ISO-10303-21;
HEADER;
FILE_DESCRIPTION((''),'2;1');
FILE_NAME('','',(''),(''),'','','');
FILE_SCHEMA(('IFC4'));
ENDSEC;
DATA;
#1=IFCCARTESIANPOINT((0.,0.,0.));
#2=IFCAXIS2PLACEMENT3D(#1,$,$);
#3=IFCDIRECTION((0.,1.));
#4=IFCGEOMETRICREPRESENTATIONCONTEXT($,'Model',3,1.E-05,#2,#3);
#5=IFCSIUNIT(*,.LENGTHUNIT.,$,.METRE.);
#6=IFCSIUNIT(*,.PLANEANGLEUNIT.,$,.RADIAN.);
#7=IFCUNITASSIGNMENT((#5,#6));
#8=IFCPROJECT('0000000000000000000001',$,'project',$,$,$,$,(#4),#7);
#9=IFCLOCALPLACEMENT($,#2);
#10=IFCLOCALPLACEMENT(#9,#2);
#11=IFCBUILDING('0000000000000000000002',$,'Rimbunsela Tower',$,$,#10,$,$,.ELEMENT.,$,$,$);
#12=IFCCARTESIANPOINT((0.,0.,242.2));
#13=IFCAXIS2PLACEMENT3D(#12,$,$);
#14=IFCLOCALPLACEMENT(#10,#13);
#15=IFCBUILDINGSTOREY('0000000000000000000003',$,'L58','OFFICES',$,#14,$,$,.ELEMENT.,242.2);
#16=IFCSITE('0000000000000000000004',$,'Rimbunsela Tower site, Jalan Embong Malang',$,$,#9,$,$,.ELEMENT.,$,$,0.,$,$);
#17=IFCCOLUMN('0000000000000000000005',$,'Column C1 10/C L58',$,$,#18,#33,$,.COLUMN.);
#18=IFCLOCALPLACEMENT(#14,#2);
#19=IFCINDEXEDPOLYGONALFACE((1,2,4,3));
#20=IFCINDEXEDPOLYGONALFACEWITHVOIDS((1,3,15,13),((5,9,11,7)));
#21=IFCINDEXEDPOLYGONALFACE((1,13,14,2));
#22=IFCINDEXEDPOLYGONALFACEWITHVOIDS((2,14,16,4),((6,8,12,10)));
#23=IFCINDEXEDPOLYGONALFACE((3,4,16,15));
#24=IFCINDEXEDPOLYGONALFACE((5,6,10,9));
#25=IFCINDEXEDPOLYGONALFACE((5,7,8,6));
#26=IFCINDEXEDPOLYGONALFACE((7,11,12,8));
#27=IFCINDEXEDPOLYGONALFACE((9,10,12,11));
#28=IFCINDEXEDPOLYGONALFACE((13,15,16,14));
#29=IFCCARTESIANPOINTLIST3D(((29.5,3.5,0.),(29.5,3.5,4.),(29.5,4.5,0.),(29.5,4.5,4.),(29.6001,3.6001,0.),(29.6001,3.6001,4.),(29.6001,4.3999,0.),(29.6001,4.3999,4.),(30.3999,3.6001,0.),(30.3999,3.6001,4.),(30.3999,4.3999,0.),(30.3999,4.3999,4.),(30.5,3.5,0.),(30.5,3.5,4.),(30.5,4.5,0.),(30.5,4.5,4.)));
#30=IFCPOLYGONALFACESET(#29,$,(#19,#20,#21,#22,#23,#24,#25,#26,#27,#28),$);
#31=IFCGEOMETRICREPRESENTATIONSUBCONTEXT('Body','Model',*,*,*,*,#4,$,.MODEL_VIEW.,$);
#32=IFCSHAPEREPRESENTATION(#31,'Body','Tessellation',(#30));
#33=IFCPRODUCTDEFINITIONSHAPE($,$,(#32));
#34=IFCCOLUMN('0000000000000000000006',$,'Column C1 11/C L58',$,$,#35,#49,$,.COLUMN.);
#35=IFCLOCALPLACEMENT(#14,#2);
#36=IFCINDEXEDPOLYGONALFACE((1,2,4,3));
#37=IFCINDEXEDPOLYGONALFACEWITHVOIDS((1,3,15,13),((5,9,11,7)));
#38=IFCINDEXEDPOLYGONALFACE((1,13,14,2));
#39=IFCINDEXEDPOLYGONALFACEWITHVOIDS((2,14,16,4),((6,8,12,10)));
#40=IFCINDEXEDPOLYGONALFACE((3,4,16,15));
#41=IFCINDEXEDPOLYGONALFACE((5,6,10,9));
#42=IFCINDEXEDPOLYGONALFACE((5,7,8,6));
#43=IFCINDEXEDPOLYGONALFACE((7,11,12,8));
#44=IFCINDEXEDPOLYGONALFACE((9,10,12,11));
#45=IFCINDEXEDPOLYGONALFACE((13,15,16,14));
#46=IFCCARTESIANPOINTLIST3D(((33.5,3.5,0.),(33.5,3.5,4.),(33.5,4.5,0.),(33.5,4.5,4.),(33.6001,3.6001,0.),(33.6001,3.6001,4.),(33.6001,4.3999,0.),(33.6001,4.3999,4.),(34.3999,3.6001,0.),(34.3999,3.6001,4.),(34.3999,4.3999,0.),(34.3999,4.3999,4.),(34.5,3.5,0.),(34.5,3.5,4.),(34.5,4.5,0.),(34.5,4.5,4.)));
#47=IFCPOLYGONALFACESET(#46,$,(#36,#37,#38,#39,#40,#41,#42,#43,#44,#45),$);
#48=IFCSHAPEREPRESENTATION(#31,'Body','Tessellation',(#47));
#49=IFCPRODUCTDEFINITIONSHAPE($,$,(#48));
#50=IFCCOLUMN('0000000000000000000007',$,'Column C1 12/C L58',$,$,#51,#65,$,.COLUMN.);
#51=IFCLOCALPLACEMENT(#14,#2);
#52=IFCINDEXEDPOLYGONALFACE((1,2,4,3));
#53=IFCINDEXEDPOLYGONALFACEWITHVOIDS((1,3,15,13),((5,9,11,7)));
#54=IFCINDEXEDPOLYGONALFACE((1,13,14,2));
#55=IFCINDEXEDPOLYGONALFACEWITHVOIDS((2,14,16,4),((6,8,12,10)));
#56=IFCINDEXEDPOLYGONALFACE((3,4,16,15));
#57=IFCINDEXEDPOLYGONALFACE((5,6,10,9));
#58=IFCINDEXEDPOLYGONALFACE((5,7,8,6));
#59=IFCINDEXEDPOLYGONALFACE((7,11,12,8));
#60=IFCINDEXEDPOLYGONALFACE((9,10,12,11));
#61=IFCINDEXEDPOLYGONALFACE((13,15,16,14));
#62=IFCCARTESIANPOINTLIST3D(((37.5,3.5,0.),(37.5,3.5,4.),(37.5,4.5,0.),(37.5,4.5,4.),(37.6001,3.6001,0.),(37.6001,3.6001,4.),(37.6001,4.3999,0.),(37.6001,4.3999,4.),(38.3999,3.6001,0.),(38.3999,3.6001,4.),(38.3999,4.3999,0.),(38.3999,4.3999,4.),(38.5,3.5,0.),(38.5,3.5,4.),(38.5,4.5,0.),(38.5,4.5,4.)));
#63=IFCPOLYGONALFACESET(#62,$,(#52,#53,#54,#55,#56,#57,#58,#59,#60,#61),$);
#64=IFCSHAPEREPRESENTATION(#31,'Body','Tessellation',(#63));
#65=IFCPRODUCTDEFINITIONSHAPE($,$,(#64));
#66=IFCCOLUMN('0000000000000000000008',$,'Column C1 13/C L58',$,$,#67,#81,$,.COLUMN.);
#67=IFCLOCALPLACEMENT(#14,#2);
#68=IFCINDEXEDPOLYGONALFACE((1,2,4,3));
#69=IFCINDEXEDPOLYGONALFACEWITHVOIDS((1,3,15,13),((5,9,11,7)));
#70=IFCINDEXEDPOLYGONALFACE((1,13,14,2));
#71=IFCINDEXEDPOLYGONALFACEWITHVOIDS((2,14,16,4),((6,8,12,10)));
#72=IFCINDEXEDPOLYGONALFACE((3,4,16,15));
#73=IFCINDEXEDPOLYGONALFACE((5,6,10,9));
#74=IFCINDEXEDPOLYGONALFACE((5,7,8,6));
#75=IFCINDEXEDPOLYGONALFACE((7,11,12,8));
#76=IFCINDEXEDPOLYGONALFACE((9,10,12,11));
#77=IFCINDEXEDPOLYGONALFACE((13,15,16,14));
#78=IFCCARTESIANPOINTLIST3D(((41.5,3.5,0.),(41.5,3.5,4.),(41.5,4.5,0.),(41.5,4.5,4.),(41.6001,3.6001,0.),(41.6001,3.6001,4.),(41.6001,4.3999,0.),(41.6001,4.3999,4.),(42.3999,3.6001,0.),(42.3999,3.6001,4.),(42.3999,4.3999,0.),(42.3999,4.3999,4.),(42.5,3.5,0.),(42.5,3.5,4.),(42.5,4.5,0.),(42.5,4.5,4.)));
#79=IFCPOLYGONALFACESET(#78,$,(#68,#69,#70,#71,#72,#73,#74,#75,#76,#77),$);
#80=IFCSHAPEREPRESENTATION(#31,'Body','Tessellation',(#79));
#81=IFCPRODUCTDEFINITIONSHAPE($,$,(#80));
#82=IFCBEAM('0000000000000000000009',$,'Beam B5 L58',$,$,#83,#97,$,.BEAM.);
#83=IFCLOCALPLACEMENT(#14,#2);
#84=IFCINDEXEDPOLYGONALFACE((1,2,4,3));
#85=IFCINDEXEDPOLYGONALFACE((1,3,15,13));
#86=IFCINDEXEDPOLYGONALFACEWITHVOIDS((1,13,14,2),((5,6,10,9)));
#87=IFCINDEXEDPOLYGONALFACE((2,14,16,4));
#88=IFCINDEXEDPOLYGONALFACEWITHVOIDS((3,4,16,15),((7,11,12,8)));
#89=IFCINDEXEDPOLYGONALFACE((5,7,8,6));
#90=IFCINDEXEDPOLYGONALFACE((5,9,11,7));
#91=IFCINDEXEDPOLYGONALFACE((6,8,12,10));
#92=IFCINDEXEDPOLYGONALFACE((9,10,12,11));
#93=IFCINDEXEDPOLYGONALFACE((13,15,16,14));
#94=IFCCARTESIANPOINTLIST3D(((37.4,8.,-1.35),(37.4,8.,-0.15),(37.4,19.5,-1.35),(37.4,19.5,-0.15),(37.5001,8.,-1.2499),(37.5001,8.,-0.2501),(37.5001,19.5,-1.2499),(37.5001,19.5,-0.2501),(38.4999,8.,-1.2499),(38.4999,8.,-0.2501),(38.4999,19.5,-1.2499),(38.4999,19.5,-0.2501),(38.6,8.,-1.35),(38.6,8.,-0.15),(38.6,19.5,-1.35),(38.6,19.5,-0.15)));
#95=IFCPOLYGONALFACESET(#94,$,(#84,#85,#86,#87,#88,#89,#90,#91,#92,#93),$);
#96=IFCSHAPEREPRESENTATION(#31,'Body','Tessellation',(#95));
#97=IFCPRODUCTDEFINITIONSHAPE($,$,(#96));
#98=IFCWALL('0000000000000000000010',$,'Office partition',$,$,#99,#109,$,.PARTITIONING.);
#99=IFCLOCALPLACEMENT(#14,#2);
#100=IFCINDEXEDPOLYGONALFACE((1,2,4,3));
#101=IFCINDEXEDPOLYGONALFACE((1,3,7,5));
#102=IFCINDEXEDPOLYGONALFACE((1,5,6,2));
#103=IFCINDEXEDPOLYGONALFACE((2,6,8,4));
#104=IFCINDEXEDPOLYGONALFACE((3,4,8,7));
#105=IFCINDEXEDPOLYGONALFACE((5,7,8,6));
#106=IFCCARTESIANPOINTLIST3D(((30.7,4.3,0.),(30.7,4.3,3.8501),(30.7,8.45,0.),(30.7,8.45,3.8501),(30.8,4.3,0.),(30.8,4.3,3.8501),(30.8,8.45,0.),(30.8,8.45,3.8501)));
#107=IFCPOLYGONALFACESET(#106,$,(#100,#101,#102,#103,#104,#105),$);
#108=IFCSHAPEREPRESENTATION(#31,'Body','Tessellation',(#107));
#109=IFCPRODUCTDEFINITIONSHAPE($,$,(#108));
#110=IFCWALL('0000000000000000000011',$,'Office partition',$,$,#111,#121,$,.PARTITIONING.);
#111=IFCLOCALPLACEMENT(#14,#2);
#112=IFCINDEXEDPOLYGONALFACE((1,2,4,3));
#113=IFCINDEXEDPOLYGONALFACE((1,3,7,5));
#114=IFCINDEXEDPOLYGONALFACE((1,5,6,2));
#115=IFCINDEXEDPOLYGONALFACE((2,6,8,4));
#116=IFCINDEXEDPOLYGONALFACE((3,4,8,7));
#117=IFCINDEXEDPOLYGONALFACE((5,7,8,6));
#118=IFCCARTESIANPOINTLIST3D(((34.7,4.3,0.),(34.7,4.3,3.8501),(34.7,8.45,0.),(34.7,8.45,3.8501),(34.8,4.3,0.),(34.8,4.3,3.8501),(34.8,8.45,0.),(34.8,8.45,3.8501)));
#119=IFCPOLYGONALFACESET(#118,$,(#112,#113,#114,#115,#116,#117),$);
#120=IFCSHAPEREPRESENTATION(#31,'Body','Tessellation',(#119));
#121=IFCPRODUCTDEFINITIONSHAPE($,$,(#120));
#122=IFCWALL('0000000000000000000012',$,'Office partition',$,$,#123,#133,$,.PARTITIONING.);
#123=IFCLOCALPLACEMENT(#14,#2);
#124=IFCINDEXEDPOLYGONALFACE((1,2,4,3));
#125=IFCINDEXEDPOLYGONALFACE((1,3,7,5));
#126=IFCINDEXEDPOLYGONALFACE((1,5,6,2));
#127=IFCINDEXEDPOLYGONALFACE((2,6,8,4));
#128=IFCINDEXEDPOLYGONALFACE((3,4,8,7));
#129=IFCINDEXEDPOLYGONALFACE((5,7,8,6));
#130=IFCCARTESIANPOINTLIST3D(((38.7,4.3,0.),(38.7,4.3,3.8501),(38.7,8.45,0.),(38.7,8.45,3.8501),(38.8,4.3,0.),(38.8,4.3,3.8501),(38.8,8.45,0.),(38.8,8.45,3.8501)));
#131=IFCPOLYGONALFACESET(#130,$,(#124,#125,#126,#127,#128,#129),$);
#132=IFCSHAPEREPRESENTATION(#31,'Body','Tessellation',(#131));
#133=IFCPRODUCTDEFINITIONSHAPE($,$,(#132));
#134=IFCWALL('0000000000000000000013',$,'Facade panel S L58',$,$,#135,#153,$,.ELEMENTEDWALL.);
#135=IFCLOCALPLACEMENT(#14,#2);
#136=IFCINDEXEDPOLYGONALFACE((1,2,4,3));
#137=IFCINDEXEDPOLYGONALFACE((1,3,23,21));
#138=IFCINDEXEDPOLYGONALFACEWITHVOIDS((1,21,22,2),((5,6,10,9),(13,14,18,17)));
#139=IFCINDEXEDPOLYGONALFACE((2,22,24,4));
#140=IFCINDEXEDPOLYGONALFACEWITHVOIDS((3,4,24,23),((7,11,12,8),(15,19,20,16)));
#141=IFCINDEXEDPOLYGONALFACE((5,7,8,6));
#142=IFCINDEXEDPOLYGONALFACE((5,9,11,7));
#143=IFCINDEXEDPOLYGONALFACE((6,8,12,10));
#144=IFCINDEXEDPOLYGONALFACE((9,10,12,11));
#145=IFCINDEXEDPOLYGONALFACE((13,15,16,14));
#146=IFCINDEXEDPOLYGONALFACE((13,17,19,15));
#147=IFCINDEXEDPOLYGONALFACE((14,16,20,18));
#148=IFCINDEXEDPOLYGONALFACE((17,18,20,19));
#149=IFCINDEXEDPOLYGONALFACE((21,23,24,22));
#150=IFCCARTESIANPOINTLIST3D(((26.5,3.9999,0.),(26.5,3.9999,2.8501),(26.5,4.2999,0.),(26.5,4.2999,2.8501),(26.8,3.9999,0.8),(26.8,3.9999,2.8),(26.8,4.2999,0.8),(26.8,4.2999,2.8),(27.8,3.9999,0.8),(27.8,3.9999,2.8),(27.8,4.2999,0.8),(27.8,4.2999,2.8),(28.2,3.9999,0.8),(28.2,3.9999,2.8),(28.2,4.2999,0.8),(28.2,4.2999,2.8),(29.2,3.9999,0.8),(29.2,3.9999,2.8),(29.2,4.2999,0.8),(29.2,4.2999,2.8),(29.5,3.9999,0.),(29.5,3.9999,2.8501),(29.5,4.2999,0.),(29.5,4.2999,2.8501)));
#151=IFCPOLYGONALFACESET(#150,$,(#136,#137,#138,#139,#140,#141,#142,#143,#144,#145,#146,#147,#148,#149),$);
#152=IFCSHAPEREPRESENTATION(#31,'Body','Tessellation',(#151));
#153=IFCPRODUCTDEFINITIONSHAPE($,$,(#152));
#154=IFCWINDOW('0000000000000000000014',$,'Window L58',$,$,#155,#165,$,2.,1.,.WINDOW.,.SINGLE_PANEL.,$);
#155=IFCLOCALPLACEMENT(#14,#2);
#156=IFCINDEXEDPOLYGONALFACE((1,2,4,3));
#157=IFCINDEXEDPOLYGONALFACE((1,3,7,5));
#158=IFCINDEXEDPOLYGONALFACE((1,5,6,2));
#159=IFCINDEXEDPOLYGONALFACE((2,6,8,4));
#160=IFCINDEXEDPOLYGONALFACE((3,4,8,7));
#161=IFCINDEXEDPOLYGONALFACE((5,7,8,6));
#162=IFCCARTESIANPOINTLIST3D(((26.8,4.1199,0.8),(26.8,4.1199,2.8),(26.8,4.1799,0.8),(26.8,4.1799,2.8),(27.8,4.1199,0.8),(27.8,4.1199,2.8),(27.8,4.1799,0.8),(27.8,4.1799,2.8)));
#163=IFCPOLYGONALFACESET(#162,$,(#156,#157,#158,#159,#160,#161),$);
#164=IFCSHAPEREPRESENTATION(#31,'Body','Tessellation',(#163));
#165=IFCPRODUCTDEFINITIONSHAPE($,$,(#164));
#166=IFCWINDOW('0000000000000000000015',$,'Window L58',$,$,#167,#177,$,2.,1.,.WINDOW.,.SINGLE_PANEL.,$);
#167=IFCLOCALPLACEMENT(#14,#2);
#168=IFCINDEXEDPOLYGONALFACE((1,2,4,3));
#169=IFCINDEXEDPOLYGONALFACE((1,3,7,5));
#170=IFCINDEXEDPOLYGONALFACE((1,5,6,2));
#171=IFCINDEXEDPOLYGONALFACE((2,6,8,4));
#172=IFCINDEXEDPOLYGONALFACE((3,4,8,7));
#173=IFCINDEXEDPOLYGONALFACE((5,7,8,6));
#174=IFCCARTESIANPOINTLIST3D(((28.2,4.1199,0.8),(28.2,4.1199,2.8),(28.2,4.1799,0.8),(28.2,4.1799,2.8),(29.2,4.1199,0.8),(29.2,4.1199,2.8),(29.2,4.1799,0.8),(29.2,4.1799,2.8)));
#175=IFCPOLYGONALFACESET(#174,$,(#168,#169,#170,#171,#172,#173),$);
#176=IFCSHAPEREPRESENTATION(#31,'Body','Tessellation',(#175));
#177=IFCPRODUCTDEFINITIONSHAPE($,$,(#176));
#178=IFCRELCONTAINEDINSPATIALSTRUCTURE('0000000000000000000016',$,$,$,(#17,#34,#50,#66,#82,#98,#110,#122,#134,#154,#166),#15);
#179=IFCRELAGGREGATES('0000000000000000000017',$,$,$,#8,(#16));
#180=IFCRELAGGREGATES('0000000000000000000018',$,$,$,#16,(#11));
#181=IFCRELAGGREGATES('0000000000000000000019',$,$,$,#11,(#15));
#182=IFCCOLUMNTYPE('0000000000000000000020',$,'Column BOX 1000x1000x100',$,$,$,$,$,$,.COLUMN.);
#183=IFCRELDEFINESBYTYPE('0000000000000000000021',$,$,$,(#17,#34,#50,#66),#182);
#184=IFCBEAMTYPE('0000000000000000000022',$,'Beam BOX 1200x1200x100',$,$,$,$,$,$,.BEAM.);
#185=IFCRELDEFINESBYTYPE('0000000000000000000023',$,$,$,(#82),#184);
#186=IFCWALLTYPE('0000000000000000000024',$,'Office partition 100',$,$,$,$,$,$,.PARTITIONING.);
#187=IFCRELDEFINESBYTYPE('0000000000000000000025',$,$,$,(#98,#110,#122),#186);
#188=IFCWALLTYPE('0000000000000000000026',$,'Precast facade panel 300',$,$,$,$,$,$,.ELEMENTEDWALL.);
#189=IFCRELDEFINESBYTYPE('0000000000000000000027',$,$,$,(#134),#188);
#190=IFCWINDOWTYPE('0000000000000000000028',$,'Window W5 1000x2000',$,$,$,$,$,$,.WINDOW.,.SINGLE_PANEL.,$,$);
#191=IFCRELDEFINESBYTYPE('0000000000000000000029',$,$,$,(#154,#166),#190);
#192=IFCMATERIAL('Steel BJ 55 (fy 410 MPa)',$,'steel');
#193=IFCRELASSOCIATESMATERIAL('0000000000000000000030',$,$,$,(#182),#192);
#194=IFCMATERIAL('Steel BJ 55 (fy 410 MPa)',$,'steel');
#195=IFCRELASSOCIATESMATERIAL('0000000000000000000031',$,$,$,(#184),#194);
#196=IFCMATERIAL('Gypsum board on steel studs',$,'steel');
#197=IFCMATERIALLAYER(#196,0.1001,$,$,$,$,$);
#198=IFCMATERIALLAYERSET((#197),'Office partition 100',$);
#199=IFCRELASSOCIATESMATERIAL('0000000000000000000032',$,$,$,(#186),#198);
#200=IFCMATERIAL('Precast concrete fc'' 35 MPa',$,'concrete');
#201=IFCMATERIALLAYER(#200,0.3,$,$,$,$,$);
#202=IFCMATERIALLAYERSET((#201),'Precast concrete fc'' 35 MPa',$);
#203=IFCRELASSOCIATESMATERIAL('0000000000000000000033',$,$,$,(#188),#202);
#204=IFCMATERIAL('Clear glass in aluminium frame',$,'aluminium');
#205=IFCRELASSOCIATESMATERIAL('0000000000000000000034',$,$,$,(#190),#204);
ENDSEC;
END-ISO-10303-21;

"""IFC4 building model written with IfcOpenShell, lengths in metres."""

from ifc_helpers import new_model, si_unit, direction, frame, frame_2d, origin, origin_2d, place, context, subcontext, project, spatial, rectangle, hollow_rectangle, extrude, material, layer, layer_set, material_profile, profile_set, type_object, element, fill, save


model = new_model("IFC4")

# Units and contexts
model_context = context("Model", 3, precision=1e-05, world=origin(), true_north=direction((0.0, 1.0)))
body_context = subcontext(model_context, "Body", "Model", "MODEL_VIEW")
ifc_project = project(units=[si_unit("LENGTHUNIT", "METRE"), si_unit("PLANEANGLEUNIT", "RADIAN")], contexts=[model_context])

# Site, building, storey
site_placement = place(None, origin())
site = spatial("IfcSite", under=ifc_project, at=site_placement, Name="Rimbunsela Tower site, Jalan Embong Malang", CompositionType="ELEMENT", RefElevation=0.0)
building_placement = place(site_placement, origin())
building = spatial("IfcBuilding", under=site, at=building_placement, Name="Rimbunsela Tower", CompositionType="ELEMENT")
storey_placement = place(building_placement, frame((0.0, 0.0, 242.2)))
storey = spatial("IfcBuildingStorey", under=building, at=storey_placement, Name="L58", Description="OFFICES", CompositionType="ELEMENT", Elevation=242.2)

# Columns
ifc_material_1 = material(Name="Steel BJ 55 (fy 410 MPa)", Category="steel")
ifc_material_profile_1 = material_profile(ifc_material_1, hollow_rectangle(XDim=1.0, YDim=1.0, WallThickness=0.1001, at=origin_2d()), Name="BOX 1000x1000x100")
ifc_profile_set_1 = profile_set([ifc_material_profile_1], Name="Steel BJ 55 (fy 410 MPa)")
column_type = type_object("IfcColumnType", Name="Column BOX 1000x1000x100", PredefinedType="COLUMN", material=ifc_profile_set_1)
for number, where, z_axis, x_axis, name in (
    (1, (30.0, 4.0, 0.0), (0.0, 0.0, 1.0), (1.0, 0.0, 0.0), "Column C1 10/C L58"),
    (2, (34.0, 4.0, 0.0), (0.0, 0.0, 1.0), (1.0, 0.0, 0.0), "Column C1 11/C L58"),
    (3, (38.0, 4.0, 0.0), (0.0, 0.0, 1.0), (1.0, 0.0, 0.0), "Column C1 12/C L58"),
    (4, (42.0, 4.0, 0.0), (0.0, 0.0, 1.0), (1.0, 0.0, 0.0), "Column C1 13/C L58"),
):
    element("IfcColumn", number, at=place(storey_placement, frame(where, z_axis=z_axis, x_axis=x_axis)), inside=storey, type_object=column_type, Name=name, PredefinedType="COLUMN", context=body_context, shape_type="SweptSolid", body=[
        extrude(hollow_rectangle(XDim=1.0, YDim=1.0, WallThickness=0.1001, at=origin_2d()), origin(), (0.0, 0.0, 1.0), 4.0),
    ])

# Beam
ifc_material_2 = material(Name="Steel BJ 55 (fy 410 MPa)", Category="steel")
ifc_material_profile_2 = material_profile(ifc_material_2, hollow_rectangle(XDim=1.2, YDim=1.2, WallThickness=0.1001, at=origin_2d()), Name="BOX 1200x1200x100")
ifc_profile_set_2 = profile_set([ifc_material_profile_2], Name="Steel BJ 55 (fy 410 MPa)")
beam_type = type_object("IfcBeamType", Name="Beam BOX 1200x1200x100", PredefinedType="BEAM", material=ifc_profile_set_2)
beam_placement = place(storey_placement, frame((38.0, 8.0, -0.75), z_axis=(0.0, 1.0, 0.0), x_axis=(-1.0, 0.0, 0.0)))
element("IfcBeam", 5, at=beam_placement, inside=storey, type_object=beam_type, Name="Beam B5 L58", PredefinedType="BEAM", context=body_context, shape_type="SweptSolid", body=[
    extrude(hollow_rectangle(XDim=1.2, YDim=1.2, WallThickness=0.1001, at=origin_2d()), origin(), (0.0, 0.0, 1.0), 11.5),
])

# Walls
ifc_material_3 = material(Name="Gypsum board on steel studs", Category="steel")
ifc_layer_1 = layer(ifc_material_3, 0.1001)
ifc_layer_set_1 = layer_set([ifc_layer_1], Name="Office partition 100")
wall_type_1 = type_object("IfcWallType", Name="Office partition 100", PredefinedType="PARTITIONING", material=ifc_layer_set_1)
for number, where, z_axis, x_axis, name in (
    (6, (30.75, 4.3, 0.0), (0.0, 0.0, 1.0), (0.0, 1.0, 0.0), "Office partition"),
    (7, (34.75, 4.3, 0.0), (0.0, 0.0, 1.0), (0.0, 1.0, 0.0), "Office partition"),
    (8, (38.75, 4.3, 0.0), (0.0, 0.0, 1.0), (0.0, 1.0, 0.0), "Office partition"),
):
    element("IfcWall", number, at=place(storey_placement, frame(where, z_axis=z_axis, x_axis=x_axis)), inside=storey, type_object=wall_type_1, Name=name, PredefinedType="PARTITIONING", context=body_context, shape_type="SweptSolid", body=[
        extrude(rectangle(XDim=4.1499, YDim=0.1001, at=frame_2d((2.075, 0.0))), origin(), (0.0, 0.0, 1.0), 3.8501),
    ])

# Wall, openings, windows
ifc_material_4 = material(Name="Precast concrete fc' 35 MPa", Category="concrete")
ifc_layer_2 = layer(ifc_material_4, 0.3)
ifc_layer_set_2 = layer_set([ifc_layer_2], Name="Precast concrete fc' 35 MPa")
wall_type_2 = type_object("IfcWallType", Name="Precast facade panel 300", PredefinedType="ELEMENTEDWALL", material=ifc_layer_set_2)
wall_1_placement = place(storey_placement, frame((26.5, 4.1499, 0.0), z_axis=(0.0, 0.0, 1.0), x_axis=(1.0, 0.0, 0.0)))
wall_1 = element("IfcWall", 9, at=wall_1_placement, inside=storey, type_object=wall_type_2, Name="Facade panel S L58", PredefinedType="ELEMENTEDWALL", context=body_context, shape_type="SweptSolid", body=[
    extrude(rectangle(XDim=3.0, YDim=0.3, at=frame_2d((1.5, 0.0))), origin(), (0.0, 0.0, 1.0), 2.8501),
])
opening_1_placement = place(wall_1_placement, frame((0.3, 0.0, 0.8)))
opening_1 = element("IfcOpeningElement", 10, at=opening_1_placement, cuts=wall_1, PredefinedType="OPENING", context=body_context, shape_type="SweptSolid", body=[
    extrude(rectangle(XDim=1.0, YDim=2.0, at=frame_2d((0.5, 1.0))), frame((0.0, 0.1599, 0.0), z_axis=(0.0, -1.0, 0.0), x_axis=(1.0, 0.0, 0.0)), (0.0, 0.0, 1.0), 0.3201),
])
opening_2_placement = place(wall_1_placement, frame((1.7, 0.0, 0.8)))
opening_2 = element("IfcOpeningElement", 11, at=opening_2_placement, cuts=wall_1, PredefinedType="OPENING", context=body_context, shape_type="SweptSolid", body=[
    extrude(rectangle(XDim=1.0, YDim=2.0, at=frame_2d((0.5, 1.0))), frame((0.0, 0.1599, 0.0), z_axis=(0.0, -1.0, 0.0), x_axis=(1.0, 0.0, 0.0)), (0.0, 0.0, 1.0), 0.3201),
])
ifc_material_5 = material(Name="Clear glass in aluminium frame", Category="aluminium")
window_type_1 = type_object("IfcWindowType", Name="Window W5 1000x2000", PartitioningType="SINGLE_PANEL", PredefinedType="WINDOW", material=ifc_material_5)
window_1_placement = place(opening_1_placement, origin())
window_1 = element("IfcWindow", 12, at=window_1_placement, inside=storey, type_object=window_type_1, Name="Window L58", OverallHeight=2.0, OverallWidth=1.0, PartitioningType="SINGLE_PANEL", PredefinedType="WINDOW", context=body_context, shape_type="SweptSolid", body=[
    extrude(rectangle(XDim=1.0, YDim=2.0, at=frame_2d((0.5, 1.0))), frame((0.0, 0.03, 0.0), z_axis=(0.0, -1.0, 0.0), x_axis=(1.0, 0.0, 0.0)), (0.0, 0.0, 1.0), 0.0601),
])
fill(opening_1, window_1)
window_2_placement = place(opening_2_placement, origin())
window_2 = element("IfcWindow", 13, at=window_2_placement, inside=storey, type_object=window_type_1, Name="Window L58", OverallHeight=2.0, OverallWidth=1.0, PartitioningType="SINGLE_PANEL", PredefinedType="WINDOW", context=body_context, shape_type="SweptSolid", body=[
    extrude(rectangle(XDim=1.0, YDim=2.0, at=frame_2d((0.5, 1.0))), frame((0.0, 0.03, 0.0), z_axis=(0.0, -1.0, 0.0), x_axis=(1.0, 0.0, 0.0)), (0.0, 0.0, 1.0), 0.0601),
])
fill(opening_2, window_2)

save(model, "model.ifc")
